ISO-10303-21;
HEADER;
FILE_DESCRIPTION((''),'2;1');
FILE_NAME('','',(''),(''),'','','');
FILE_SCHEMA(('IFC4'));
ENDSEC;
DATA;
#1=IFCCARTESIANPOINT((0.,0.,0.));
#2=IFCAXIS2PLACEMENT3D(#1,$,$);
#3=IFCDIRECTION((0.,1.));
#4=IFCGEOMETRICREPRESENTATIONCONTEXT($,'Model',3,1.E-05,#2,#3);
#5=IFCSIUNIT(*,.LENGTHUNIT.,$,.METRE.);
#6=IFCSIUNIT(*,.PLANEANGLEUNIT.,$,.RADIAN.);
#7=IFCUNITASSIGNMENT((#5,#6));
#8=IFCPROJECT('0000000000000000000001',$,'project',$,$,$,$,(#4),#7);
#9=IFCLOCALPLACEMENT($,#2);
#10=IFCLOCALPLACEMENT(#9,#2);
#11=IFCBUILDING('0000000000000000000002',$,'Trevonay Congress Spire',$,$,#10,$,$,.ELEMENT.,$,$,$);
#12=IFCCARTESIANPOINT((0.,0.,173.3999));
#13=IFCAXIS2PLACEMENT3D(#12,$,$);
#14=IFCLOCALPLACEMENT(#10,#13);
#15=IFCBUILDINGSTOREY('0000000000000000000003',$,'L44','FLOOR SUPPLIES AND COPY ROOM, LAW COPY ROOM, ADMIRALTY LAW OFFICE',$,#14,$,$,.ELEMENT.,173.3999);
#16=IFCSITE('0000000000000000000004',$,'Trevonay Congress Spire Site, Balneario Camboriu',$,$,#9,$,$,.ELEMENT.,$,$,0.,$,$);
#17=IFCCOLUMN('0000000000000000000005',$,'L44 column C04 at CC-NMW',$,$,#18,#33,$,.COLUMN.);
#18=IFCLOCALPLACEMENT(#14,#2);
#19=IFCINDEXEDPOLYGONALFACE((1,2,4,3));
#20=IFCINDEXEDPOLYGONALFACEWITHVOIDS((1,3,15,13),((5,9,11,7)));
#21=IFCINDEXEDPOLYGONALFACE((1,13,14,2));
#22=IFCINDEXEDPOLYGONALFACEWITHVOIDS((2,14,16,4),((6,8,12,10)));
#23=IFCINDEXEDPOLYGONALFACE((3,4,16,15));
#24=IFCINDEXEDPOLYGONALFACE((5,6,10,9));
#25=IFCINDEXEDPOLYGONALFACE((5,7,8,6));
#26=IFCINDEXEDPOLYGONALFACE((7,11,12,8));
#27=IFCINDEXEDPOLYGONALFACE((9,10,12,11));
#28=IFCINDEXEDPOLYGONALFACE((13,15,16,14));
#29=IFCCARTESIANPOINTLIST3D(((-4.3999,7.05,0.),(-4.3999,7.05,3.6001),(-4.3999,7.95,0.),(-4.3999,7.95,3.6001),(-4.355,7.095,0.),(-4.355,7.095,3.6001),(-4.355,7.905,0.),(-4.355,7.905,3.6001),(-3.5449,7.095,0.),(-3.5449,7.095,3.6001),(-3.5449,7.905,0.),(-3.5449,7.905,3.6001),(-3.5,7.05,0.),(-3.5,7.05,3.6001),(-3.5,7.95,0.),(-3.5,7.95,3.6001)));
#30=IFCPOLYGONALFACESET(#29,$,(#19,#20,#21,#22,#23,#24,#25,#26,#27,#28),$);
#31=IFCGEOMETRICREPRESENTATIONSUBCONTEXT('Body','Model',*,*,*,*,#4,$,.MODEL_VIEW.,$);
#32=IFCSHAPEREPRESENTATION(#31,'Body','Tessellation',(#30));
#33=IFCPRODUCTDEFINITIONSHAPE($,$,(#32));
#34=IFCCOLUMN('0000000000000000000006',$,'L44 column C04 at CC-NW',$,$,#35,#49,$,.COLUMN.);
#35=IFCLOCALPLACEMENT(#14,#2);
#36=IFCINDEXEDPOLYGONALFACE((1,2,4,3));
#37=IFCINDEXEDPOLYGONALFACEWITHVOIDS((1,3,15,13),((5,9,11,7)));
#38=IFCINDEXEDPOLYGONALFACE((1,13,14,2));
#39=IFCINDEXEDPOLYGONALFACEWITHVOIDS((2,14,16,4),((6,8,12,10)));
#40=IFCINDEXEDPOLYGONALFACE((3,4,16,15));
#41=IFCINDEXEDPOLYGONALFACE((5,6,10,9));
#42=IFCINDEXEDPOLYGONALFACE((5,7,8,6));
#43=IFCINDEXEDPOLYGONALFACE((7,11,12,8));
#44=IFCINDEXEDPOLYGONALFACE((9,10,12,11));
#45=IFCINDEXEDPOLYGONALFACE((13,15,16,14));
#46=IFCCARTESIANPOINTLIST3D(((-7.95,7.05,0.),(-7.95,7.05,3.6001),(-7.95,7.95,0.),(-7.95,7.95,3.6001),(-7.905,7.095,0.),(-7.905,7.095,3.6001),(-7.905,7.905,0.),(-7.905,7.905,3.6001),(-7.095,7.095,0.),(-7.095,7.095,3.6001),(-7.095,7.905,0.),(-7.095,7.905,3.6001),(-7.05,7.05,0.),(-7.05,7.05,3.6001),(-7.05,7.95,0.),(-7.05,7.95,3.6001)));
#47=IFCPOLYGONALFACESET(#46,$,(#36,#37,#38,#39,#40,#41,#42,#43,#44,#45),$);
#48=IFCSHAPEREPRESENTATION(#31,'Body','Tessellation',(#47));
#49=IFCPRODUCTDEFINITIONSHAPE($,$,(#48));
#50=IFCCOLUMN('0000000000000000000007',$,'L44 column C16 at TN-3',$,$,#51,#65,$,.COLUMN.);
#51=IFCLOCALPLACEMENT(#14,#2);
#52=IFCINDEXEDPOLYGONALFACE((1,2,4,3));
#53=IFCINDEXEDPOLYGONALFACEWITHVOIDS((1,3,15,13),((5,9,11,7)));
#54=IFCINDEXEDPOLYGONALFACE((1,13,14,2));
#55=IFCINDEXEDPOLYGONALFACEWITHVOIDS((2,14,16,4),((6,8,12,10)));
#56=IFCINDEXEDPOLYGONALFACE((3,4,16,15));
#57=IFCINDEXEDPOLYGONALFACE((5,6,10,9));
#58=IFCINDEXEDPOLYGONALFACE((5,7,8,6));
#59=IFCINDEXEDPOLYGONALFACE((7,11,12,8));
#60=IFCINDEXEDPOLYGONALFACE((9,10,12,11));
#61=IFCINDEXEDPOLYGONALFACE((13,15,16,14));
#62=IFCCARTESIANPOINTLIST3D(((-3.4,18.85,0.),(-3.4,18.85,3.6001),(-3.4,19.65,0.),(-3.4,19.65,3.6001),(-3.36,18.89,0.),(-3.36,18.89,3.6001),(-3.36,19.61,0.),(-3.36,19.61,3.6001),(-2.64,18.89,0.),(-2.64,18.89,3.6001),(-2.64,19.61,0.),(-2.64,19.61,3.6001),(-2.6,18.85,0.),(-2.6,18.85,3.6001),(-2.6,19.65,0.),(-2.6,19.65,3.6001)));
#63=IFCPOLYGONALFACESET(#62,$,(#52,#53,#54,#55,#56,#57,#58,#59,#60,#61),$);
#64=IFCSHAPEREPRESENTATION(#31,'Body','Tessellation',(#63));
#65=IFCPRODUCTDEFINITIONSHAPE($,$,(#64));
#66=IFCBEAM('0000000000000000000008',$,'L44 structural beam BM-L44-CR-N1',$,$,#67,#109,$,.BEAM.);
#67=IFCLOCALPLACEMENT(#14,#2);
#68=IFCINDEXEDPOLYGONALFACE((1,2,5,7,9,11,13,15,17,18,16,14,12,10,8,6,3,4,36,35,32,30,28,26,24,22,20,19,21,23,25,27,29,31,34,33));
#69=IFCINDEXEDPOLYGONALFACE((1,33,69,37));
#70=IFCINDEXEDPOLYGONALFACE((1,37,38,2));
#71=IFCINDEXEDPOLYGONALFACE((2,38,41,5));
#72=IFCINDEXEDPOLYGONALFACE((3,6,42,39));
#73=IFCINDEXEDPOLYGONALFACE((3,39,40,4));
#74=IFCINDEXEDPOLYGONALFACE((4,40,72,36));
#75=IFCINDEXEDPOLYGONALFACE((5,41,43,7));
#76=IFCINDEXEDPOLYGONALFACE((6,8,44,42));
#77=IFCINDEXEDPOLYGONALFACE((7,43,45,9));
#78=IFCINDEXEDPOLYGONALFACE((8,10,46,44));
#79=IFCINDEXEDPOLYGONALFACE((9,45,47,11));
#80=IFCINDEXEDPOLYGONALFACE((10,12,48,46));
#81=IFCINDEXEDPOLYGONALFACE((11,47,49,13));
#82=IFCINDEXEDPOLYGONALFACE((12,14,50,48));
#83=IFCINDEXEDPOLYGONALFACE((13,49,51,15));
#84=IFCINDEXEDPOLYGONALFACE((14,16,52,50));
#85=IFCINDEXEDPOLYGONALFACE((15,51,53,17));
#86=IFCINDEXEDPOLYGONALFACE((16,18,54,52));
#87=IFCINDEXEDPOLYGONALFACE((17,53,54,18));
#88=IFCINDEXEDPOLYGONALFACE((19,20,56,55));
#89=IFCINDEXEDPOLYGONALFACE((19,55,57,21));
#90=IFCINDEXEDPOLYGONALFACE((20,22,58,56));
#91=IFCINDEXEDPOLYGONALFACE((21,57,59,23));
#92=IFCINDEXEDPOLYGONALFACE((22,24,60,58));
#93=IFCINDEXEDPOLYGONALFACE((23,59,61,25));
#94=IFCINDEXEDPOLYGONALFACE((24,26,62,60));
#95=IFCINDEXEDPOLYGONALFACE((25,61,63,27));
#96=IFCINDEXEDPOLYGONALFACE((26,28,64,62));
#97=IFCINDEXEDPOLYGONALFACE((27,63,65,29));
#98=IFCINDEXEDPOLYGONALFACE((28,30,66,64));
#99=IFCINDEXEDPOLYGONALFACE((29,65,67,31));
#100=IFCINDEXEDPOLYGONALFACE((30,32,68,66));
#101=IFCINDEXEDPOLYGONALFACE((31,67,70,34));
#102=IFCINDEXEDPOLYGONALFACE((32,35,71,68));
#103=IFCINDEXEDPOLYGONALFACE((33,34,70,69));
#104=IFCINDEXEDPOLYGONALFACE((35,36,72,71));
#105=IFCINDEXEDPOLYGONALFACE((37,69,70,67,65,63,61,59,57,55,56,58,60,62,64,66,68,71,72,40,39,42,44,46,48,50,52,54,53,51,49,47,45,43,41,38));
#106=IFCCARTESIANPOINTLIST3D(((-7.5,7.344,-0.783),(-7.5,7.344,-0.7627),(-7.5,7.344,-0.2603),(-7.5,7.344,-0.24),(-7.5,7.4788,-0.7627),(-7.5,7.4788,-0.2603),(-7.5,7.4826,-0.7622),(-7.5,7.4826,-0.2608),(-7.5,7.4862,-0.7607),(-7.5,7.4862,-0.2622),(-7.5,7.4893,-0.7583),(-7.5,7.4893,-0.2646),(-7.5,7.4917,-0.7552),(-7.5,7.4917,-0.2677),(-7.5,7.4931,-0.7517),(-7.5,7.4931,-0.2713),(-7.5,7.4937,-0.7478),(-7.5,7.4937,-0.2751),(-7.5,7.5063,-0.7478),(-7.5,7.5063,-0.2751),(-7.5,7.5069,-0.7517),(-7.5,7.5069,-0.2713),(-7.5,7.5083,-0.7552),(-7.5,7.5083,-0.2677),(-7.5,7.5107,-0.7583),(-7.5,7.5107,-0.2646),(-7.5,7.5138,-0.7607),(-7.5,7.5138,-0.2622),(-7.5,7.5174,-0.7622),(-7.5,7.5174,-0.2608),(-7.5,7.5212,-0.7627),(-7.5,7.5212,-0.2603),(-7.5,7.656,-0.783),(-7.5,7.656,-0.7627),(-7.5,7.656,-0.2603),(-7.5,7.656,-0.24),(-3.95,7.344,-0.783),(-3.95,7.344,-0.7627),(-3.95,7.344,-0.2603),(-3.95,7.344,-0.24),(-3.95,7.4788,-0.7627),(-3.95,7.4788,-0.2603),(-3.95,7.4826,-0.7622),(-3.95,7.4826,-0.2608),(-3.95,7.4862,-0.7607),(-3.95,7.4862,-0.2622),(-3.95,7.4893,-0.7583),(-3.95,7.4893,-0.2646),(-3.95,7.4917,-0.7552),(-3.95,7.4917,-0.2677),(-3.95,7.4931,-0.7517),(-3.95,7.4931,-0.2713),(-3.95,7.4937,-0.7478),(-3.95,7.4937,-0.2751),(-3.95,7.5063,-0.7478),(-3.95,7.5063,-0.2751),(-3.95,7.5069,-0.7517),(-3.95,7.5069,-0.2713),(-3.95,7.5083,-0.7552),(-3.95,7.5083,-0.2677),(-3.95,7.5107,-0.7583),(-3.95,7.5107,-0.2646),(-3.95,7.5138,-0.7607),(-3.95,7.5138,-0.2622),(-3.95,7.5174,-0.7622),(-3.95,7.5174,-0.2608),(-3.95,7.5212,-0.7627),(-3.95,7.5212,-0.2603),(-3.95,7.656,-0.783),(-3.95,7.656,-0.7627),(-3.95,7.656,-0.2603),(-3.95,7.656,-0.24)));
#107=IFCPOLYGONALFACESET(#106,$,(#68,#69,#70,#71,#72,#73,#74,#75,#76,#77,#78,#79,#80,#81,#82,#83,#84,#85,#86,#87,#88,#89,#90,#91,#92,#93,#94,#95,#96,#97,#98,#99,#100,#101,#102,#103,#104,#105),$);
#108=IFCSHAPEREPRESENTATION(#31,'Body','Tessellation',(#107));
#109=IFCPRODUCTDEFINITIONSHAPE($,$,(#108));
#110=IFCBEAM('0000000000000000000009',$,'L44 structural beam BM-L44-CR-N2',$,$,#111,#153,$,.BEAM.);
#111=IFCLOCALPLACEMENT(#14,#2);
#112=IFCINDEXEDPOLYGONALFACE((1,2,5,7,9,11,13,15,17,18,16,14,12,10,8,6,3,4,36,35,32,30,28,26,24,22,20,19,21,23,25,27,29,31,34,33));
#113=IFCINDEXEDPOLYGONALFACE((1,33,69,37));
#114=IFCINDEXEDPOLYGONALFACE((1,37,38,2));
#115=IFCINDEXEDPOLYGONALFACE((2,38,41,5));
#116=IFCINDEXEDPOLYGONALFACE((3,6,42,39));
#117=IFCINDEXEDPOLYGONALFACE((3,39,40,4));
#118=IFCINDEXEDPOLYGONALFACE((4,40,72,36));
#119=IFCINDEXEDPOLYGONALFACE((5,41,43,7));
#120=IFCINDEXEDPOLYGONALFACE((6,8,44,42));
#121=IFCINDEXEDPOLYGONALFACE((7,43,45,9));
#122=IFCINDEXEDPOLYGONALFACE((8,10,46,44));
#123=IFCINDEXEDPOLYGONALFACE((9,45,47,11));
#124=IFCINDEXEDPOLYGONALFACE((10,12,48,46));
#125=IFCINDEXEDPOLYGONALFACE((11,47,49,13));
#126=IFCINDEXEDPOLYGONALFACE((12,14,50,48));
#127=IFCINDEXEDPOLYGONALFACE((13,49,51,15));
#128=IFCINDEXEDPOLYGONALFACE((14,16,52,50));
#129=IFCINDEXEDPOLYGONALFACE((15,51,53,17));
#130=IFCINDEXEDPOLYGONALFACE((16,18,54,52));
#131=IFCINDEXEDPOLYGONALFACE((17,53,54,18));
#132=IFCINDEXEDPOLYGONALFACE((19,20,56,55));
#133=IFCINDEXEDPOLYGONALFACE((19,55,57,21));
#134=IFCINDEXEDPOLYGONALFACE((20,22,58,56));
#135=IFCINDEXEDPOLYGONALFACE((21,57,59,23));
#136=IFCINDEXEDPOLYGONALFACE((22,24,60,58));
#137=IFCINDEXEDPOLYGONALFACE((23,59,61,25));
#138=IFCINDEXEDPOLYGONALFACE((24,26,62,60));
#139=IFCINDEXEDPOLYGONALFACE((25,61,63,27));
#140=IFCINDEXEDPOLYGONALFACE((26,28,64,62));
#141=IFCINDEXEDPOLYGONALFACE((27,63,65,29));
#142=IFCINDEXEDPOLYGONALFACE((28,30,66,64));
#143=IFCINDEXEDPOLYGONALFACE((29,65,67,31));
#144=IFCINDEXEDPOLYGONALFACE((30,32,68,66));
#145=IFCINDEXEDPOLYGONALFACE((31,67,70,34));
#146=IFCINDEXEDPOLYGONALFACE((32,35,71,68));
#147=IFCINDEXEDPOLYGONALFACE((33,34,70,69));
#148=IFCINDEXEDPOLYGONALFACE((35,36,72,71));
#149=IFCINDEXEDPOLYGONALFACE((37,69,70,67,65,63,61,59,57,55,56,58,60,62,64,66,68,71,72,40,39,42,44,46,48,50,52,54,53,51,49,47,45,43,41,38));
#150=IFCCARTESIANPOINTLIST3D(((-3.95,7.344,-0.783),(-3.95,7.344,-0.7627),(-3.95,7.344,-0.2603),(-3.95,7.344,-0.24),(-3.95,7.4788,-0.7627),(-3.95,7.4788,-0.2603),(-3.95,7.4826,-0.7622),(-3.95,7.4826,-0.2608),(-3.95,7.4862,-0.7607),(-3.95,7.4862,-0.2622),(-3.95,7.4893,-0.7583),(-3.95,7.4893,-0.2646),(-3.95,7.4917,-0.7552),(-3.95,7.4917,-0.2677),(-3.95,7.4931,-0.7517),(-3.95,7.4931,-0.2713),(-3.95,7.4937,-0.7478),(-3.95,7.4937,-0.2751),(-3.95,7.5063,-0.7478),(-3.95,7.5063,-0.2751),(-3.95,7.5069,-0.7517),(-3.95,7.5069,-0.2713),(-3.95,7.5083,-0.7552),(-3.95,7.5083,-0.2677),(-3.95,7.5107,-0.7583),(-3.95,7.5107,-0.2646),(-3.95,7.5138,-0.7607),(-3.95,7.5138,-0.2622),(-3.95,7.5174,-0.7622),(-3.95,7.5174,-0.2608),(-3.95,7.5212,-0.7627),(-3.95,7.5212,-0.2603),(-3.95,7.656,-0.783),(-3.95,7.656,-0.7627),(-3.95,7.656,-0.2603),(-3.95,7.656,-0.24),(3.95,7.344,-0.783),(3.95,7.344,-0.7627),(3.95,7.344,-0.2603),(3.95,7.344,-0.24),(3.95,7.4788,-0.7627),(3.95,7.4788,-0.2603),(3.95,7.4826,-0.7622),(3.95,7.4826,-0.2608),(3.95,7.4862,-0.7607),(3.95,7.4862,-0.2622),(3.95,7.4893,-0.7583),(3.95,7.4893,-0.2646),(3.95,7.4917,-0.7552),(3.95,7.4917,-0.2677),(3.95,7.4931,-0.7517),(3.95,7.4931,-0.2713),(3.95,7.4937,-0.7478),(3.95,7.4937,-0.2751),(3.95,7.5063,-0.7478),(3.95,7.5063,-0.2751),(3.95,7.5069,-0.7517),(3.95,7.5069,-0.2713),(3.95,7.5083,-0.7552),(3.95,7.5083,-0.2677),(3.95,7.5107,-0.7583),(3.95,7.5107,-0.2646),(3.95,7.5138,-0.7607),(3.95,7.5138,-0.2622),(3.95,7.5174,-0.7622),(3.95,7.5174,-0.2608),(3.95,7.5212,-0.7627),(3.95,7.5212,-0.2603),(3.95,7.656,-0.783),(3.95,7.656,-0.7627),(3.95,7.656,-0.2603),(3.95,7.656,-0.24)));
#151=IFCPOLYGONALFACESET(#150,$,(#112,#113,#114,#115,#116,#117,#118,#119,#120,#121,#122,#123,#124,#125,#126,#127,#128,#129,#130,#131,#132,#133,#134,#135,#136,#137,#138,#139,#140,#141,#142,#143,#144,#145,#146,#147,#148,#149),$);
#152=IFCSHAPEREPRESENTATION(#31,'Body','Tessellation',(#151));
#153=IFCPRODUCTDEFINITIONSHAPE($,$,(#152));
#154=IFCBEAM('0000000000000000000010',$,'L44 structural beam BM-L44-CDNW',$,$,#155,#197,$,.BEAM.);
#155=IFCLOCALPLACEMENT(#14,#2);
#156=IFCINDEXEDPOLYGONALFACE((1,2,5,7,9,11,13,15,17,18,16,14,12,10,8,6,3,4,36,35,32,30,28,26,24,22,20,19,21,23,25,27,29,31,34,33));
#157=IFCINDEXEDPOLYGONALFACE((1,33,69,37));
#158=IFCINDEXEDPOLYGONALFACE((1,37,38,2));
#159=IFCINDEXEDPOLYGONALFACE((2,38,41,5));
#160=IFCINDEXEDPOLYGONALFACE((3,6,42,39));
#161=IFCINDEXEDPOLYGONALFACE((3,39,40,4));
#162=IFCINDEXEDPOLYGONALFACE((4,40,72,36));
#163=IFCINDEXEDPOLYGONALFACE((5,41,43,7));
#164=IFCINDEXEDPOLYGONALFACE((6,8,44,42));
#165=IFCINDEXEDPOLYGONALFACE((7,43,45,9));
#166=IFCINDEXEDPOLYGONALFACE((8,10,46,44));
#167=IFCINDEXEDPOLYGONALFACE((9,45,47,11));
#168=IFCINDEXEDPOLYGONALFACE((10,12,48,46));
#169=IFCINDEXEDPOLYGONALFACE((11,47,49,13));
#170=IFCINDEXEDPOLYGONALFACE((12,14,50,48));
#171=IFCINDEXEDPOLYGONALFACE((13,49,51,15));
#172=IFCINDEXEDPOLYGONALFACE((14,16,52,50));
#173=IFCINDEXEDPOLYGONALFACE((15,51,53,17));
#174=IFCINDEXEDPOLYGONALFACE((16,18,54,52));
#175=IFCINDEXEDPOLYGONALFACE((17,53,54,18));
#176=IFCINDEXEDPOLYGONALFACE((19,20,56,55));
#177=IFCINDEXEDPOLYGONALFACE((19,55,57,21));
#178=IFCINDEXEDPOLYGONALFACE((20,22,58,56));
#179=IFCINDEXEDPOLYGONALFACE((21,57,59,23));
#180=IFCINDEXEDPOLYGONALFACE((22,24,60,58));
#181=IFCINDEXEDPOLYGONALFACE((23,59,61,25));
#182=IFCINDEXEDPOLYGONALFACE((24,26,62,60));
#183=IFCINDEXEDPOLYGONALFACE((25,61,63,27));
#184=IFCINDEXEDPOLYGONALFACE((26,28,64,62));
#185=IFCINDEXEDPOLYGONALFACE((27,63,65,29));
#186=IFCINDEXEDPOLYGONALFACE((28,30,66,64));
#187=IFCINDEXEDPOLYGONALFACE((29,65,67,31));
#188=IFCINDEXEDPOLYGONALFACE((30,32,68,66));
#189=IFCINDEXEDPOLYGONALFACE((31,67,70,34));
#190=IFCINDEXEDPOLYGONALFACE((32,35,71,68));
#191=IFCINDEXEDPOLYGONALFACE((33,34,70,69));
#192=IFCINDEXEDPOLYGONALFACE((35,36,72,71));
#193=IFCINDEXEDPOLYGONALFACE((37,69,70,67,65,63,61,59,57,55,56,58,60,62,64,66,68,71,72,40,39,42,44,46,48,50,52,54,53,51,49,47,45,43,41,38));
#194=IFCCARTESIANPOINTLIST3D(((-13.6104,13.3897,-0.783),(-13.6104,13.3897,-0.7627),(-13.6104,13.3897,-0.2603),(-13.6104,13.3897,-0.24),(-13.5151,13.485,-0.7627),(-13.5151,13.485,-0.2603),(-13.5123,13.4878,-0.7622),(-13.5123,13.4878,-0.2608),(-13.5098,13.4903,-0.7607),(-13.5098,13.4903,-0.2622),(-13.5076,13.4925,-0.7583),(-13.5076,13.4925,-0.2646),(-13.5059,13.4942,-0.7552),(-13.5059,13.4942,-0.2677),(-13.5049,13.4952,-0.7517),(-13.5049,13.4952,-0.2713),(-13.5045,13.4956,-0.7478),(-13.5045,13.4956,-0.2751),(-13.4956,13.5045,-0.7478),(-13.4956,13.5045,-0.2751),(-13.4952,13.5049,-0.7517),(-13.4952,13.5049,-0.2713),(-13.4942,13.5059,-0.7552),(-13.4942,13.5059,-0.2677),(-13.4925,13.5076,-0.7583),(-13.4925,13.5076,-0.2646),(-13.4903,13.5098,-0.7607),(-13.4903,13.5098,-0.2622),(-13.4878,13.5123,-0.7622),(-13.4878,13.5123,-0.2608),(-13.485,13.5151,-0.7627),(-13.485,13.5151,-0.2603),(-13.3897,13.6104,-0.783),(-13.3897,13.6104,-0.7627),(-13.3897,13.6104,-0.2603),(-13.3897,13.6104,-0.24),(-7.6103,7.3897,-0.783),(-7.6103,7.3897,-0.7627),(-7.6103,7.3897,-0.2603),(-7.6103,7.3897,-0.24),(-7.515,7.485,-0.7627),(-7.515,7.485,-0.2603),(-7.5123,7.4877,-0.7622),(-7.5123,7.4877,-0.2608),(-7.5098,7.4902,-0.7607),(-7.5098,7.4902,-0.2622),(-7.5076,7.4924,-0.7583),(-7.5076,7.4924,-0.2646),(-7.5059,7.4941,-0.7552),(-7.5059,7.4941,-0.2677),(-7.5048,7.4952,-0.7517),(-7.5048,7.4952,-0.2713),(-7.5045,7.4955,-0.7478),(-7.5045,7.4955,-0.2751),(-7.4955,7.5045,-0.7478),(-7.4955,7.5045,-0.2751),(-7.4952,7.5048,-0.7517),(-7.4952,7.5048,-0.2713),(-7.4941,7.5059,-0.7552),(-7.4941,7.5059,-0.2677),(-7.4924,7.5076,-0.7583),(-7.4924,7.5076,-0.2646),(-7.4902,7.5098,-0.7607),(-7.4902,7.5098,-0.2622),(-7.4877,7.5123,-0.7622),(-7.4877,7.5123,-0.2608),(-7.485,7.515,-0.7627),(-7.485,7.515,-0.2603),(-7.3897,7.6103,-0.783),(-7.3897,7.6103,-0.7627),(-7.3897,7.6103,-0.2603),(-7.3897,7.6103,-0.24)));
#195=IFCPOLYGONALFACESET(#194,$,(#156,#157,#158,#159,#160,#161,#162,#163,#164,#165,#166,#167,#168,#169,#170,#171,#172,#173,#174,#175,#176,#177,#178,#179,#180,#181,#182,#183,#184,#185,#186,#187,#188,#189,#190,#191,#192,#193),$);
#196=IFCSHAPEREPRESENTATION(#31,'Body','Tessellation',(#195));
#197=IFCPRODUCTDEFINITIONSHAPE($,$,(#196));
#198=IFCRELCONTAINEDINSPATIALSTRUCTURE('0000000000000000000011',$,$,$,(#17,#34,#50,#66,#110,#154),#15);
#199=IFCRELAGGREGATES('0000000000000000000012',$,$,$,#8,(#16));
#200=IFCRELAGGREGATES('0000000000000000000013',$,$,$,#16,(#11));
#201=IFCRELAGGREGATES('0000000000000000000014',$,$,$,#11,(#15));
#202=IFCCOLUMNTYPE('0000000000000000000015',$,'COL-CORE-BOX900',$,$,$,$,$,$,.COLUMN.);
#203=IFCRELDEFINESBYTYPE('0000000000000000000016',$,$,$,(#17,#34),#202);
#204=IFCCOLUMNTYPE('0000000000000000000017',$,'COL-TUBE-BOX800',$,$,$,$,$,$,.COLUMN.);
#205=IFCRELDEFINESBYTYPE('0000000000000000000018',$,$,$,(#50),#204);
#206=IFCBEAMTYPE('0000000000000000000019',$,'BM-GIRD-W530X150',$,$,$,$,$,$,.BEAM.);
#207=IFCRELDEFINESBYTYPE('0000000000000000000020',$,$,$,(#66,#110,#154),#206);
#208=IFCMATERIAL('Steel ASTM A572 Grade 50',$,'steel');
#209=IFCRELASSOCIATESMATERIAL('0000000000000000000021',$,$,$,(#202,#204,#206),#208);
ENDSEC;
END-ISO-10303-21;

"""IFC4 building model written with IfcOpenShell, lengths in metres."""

from ifc_helpers import new_model, si_unit, direction, frame, origin, origin_2d, place, context, subcontext, project, spatial, hollow_rectangle, i_section, extrude, material, material_profile, profile_set, type_object, element, save


model = new_model("IFC4")

# Units and contexts
model_context = context("Model", 3, precision=1e-05, world=origin(), true_north=direction((0.0, 1.0)))
body_context = subcontext(model_context, "Body", "Model", "MODEL_VIEW")
ifc_project = project(units=[si_unit("LENGTHUNIT", "METRE"), si_unit("PLANEANGLEUNIT", "RADIAN")], contexts=[model_context])

# Site, building, storey
site_placement = place(None, origin())
site = spatial("IfcSite", under=ifc_project, at=site_placement, Name="Trevonay Congress Spire Site, Balneario Camboriu", CompositionType="ELEMENT", RefElevation=0.0)
building_placement = place(site_placement, origin())
building = spatial("IfcBuilding", under=site, at=building_placement, Name="Trevonay Congress Spire", CompositionType="ELEMENT")
storey_placement = place(building_placement, frame((0.0, 0.0, 173.3999)))
storey = spatial("IfcBuildingStorey", under=building, at=storey_placement, Name="L44", Description="FLOOR SUPPLIES AND COPY ROOM, LAW COPY ROOM, ADMIRALTY LAW OFFICE", CompositionType="ELEMENT", Elevation=173.3999)

# Columns
ifc_material_1 = material(Name="Steel ASTM A572 Grade 50", Category="steel")
ifc_material_profile_1 = material_profile(ifc_material_1, hollow_rectangle(XDim=0.8999, YDim=0.8999, WallThickness=0.0449, at=origin_2d()), Name="BOX 900x900x45")
ifc_profile_set_1 = profile_set([ifc_material_profile_1], Name="Steel ASTM A572 Grade 50")
column_type_1 = type_object("IfcColumnType", Name="COL-CORE-BOX900", PredefinedType="COLUMN", material=ifc_profile_set_1)
for number, where, z_axis, x_axis, name in (
    (1, (-3.95, 7.5, 0.0), (0.0, 0.0, 1.0), (1.0, 0.0, 0.0), "L44 column C04 at CC-NMW"),
    (2, (-7.5, 7.5, 0.0), (0.0, 0.0, 1.0), (1.0, 0.0, 0.0), "L44 column C04 at CC-NW"),
):
    element("IfcColumn", number, at=place(storey_placement, frame(where, z_axis=z_axis, x_axis=x_axis)), inside=storey, type_object=column_type_1, Name=name, PredefinedType="COLUMN", context=body_context, shape_type="SweptSolid", body=[
        extrude(hollow_rectangle(XDim=0.8999, YDim=0.8999, WallThickness=0.0449, at=origin_2d()), origin(), (0.0, 0.0, 1.0), 3.6001),
    ])
ifc_material_profile_2 = material_profile(ifc_material_1, hollow_rectangle(XDim=0.8, YDim=0.8, WallThickness=0.04, at=origin_2d()), Name="BOX 800x800x40")
ifc_profile_set_2 = profile_set([ifc_material_profile_2], Name="Steel ASTM A572 Grade 50")
column_type_2 = type_object("IfcColumnType", Name="COL-TUBE-BOX800", PredefinedType="COLUMN", material=ifc_profile_set_2)
column_placement = place(storey_placement, frame((-3.0, 19.25, 0.0), z_axis=(0.0, 0.0, 1.0), x_axis=(1.0, 0.0, 0.0)))
element("IfcColumn", 3, at=column_placement, inside=storey, type_object=column_type_2, Name="L44 column C16 at TN-3", PredefinedType="COLUMN", context=body_context, shape_type="SweptSolid", body=[
    extrude(hollow_rectangle(XDim=0.8, YDim=0.8, WallThickness=0.04, at=origin_2d()), origin(), (0.0, 0.0, 1.0), 3.6001),
])

# Beams
ifc_material_profile_3 = material_profile(ifc_material_1, i_section(OverallWidth=0.312, OverallDepth=0.543, WebThickness=0.0127, FlangeThickness=0.0203, FilletRadius=0.0149, at=origin_2d()), Name="W530x150")
ifc_profile_set_3 = profile_set([ifc_material_profile_3], Name="Steel ASTM A572 Grade 50")
beam_type_1 = type_object("IfcBeamType", Name="BM-GIRD-W530X150", PredefinedType="BEAM", material=ifc_profile_set_3)
beam_1_placement = place(storey_placement, frame((-7.5, 7.5, -0.5115), z_axis=(1.0, 0.0, 0.0), x_axis=(0.0, 1.0, 0.0)))
element("IfcBeam", 4, at=beam_1_placement, inside=storey, type_object=beam_type_1, Name="L44 structural beam BM-L44-CR-N1", PredefinedType="BEAM", context=body_context, shape_type="SweptSolid", body=[
    extrude(i_section(OverallWidth=0.312, OverallDepth=0.543, WebThickness=0.0127, FlangeThickness=0.0203, FilletRadius=0.0149, at=origin_2d()), origin(), (0.0, 0.0, 1.0), 3.55),
])
beam_2_placement = place(storey_placement, frame((-3.95, 7.5, -0.5115), z_axis=(1.0, 0.0, 0.0), x_axis=(0.0, 1.0, 0.0)))
element("IfcBeam", 5, at=beam_2_placement, inside=storey, type_object=beam_type_1, Name="L44 structural beam BM-L44-CR-N2", PredefinedType="BEAM", context=body_context, shape_type="SweptSolid", body=[
    extrude(i_section(OverallWidth=0.312, OverallDepth=0.543, WebThickness=0.0127, FlangeThickness=0.0203, FilletRadius=0.0149, at=origin_2d()), origin(), (0.0, 0.0, 1.0), 7.8999),
])
beam_3_placement = place(storey_placement, frame((-7.5, 7.5, -0.5115), z_axis=(-0.707107, 0.707107, 0.0), x_axis=(-0.707107, -0.707107, 0.0)))
element("IfcBeam", 6, at=beam_3_placement, inside=storey, type_object=beam_type_1, Name="L44 structural beam BM-L44-CDNW", PredefinedType="BEAM", context=body_context, shape_type="SweptSolid", body=[
    extrude(i_section(OverallWidth=0.312, OverallDepth=0.543, WebThickness=0.0127, FlangeThickness=0.0203, FilletRadius=0.0149, at=origin_2d()), origin(), (0.0, 0.0, 1.0), 8.4854),
])

save(model, "model.ifc")
